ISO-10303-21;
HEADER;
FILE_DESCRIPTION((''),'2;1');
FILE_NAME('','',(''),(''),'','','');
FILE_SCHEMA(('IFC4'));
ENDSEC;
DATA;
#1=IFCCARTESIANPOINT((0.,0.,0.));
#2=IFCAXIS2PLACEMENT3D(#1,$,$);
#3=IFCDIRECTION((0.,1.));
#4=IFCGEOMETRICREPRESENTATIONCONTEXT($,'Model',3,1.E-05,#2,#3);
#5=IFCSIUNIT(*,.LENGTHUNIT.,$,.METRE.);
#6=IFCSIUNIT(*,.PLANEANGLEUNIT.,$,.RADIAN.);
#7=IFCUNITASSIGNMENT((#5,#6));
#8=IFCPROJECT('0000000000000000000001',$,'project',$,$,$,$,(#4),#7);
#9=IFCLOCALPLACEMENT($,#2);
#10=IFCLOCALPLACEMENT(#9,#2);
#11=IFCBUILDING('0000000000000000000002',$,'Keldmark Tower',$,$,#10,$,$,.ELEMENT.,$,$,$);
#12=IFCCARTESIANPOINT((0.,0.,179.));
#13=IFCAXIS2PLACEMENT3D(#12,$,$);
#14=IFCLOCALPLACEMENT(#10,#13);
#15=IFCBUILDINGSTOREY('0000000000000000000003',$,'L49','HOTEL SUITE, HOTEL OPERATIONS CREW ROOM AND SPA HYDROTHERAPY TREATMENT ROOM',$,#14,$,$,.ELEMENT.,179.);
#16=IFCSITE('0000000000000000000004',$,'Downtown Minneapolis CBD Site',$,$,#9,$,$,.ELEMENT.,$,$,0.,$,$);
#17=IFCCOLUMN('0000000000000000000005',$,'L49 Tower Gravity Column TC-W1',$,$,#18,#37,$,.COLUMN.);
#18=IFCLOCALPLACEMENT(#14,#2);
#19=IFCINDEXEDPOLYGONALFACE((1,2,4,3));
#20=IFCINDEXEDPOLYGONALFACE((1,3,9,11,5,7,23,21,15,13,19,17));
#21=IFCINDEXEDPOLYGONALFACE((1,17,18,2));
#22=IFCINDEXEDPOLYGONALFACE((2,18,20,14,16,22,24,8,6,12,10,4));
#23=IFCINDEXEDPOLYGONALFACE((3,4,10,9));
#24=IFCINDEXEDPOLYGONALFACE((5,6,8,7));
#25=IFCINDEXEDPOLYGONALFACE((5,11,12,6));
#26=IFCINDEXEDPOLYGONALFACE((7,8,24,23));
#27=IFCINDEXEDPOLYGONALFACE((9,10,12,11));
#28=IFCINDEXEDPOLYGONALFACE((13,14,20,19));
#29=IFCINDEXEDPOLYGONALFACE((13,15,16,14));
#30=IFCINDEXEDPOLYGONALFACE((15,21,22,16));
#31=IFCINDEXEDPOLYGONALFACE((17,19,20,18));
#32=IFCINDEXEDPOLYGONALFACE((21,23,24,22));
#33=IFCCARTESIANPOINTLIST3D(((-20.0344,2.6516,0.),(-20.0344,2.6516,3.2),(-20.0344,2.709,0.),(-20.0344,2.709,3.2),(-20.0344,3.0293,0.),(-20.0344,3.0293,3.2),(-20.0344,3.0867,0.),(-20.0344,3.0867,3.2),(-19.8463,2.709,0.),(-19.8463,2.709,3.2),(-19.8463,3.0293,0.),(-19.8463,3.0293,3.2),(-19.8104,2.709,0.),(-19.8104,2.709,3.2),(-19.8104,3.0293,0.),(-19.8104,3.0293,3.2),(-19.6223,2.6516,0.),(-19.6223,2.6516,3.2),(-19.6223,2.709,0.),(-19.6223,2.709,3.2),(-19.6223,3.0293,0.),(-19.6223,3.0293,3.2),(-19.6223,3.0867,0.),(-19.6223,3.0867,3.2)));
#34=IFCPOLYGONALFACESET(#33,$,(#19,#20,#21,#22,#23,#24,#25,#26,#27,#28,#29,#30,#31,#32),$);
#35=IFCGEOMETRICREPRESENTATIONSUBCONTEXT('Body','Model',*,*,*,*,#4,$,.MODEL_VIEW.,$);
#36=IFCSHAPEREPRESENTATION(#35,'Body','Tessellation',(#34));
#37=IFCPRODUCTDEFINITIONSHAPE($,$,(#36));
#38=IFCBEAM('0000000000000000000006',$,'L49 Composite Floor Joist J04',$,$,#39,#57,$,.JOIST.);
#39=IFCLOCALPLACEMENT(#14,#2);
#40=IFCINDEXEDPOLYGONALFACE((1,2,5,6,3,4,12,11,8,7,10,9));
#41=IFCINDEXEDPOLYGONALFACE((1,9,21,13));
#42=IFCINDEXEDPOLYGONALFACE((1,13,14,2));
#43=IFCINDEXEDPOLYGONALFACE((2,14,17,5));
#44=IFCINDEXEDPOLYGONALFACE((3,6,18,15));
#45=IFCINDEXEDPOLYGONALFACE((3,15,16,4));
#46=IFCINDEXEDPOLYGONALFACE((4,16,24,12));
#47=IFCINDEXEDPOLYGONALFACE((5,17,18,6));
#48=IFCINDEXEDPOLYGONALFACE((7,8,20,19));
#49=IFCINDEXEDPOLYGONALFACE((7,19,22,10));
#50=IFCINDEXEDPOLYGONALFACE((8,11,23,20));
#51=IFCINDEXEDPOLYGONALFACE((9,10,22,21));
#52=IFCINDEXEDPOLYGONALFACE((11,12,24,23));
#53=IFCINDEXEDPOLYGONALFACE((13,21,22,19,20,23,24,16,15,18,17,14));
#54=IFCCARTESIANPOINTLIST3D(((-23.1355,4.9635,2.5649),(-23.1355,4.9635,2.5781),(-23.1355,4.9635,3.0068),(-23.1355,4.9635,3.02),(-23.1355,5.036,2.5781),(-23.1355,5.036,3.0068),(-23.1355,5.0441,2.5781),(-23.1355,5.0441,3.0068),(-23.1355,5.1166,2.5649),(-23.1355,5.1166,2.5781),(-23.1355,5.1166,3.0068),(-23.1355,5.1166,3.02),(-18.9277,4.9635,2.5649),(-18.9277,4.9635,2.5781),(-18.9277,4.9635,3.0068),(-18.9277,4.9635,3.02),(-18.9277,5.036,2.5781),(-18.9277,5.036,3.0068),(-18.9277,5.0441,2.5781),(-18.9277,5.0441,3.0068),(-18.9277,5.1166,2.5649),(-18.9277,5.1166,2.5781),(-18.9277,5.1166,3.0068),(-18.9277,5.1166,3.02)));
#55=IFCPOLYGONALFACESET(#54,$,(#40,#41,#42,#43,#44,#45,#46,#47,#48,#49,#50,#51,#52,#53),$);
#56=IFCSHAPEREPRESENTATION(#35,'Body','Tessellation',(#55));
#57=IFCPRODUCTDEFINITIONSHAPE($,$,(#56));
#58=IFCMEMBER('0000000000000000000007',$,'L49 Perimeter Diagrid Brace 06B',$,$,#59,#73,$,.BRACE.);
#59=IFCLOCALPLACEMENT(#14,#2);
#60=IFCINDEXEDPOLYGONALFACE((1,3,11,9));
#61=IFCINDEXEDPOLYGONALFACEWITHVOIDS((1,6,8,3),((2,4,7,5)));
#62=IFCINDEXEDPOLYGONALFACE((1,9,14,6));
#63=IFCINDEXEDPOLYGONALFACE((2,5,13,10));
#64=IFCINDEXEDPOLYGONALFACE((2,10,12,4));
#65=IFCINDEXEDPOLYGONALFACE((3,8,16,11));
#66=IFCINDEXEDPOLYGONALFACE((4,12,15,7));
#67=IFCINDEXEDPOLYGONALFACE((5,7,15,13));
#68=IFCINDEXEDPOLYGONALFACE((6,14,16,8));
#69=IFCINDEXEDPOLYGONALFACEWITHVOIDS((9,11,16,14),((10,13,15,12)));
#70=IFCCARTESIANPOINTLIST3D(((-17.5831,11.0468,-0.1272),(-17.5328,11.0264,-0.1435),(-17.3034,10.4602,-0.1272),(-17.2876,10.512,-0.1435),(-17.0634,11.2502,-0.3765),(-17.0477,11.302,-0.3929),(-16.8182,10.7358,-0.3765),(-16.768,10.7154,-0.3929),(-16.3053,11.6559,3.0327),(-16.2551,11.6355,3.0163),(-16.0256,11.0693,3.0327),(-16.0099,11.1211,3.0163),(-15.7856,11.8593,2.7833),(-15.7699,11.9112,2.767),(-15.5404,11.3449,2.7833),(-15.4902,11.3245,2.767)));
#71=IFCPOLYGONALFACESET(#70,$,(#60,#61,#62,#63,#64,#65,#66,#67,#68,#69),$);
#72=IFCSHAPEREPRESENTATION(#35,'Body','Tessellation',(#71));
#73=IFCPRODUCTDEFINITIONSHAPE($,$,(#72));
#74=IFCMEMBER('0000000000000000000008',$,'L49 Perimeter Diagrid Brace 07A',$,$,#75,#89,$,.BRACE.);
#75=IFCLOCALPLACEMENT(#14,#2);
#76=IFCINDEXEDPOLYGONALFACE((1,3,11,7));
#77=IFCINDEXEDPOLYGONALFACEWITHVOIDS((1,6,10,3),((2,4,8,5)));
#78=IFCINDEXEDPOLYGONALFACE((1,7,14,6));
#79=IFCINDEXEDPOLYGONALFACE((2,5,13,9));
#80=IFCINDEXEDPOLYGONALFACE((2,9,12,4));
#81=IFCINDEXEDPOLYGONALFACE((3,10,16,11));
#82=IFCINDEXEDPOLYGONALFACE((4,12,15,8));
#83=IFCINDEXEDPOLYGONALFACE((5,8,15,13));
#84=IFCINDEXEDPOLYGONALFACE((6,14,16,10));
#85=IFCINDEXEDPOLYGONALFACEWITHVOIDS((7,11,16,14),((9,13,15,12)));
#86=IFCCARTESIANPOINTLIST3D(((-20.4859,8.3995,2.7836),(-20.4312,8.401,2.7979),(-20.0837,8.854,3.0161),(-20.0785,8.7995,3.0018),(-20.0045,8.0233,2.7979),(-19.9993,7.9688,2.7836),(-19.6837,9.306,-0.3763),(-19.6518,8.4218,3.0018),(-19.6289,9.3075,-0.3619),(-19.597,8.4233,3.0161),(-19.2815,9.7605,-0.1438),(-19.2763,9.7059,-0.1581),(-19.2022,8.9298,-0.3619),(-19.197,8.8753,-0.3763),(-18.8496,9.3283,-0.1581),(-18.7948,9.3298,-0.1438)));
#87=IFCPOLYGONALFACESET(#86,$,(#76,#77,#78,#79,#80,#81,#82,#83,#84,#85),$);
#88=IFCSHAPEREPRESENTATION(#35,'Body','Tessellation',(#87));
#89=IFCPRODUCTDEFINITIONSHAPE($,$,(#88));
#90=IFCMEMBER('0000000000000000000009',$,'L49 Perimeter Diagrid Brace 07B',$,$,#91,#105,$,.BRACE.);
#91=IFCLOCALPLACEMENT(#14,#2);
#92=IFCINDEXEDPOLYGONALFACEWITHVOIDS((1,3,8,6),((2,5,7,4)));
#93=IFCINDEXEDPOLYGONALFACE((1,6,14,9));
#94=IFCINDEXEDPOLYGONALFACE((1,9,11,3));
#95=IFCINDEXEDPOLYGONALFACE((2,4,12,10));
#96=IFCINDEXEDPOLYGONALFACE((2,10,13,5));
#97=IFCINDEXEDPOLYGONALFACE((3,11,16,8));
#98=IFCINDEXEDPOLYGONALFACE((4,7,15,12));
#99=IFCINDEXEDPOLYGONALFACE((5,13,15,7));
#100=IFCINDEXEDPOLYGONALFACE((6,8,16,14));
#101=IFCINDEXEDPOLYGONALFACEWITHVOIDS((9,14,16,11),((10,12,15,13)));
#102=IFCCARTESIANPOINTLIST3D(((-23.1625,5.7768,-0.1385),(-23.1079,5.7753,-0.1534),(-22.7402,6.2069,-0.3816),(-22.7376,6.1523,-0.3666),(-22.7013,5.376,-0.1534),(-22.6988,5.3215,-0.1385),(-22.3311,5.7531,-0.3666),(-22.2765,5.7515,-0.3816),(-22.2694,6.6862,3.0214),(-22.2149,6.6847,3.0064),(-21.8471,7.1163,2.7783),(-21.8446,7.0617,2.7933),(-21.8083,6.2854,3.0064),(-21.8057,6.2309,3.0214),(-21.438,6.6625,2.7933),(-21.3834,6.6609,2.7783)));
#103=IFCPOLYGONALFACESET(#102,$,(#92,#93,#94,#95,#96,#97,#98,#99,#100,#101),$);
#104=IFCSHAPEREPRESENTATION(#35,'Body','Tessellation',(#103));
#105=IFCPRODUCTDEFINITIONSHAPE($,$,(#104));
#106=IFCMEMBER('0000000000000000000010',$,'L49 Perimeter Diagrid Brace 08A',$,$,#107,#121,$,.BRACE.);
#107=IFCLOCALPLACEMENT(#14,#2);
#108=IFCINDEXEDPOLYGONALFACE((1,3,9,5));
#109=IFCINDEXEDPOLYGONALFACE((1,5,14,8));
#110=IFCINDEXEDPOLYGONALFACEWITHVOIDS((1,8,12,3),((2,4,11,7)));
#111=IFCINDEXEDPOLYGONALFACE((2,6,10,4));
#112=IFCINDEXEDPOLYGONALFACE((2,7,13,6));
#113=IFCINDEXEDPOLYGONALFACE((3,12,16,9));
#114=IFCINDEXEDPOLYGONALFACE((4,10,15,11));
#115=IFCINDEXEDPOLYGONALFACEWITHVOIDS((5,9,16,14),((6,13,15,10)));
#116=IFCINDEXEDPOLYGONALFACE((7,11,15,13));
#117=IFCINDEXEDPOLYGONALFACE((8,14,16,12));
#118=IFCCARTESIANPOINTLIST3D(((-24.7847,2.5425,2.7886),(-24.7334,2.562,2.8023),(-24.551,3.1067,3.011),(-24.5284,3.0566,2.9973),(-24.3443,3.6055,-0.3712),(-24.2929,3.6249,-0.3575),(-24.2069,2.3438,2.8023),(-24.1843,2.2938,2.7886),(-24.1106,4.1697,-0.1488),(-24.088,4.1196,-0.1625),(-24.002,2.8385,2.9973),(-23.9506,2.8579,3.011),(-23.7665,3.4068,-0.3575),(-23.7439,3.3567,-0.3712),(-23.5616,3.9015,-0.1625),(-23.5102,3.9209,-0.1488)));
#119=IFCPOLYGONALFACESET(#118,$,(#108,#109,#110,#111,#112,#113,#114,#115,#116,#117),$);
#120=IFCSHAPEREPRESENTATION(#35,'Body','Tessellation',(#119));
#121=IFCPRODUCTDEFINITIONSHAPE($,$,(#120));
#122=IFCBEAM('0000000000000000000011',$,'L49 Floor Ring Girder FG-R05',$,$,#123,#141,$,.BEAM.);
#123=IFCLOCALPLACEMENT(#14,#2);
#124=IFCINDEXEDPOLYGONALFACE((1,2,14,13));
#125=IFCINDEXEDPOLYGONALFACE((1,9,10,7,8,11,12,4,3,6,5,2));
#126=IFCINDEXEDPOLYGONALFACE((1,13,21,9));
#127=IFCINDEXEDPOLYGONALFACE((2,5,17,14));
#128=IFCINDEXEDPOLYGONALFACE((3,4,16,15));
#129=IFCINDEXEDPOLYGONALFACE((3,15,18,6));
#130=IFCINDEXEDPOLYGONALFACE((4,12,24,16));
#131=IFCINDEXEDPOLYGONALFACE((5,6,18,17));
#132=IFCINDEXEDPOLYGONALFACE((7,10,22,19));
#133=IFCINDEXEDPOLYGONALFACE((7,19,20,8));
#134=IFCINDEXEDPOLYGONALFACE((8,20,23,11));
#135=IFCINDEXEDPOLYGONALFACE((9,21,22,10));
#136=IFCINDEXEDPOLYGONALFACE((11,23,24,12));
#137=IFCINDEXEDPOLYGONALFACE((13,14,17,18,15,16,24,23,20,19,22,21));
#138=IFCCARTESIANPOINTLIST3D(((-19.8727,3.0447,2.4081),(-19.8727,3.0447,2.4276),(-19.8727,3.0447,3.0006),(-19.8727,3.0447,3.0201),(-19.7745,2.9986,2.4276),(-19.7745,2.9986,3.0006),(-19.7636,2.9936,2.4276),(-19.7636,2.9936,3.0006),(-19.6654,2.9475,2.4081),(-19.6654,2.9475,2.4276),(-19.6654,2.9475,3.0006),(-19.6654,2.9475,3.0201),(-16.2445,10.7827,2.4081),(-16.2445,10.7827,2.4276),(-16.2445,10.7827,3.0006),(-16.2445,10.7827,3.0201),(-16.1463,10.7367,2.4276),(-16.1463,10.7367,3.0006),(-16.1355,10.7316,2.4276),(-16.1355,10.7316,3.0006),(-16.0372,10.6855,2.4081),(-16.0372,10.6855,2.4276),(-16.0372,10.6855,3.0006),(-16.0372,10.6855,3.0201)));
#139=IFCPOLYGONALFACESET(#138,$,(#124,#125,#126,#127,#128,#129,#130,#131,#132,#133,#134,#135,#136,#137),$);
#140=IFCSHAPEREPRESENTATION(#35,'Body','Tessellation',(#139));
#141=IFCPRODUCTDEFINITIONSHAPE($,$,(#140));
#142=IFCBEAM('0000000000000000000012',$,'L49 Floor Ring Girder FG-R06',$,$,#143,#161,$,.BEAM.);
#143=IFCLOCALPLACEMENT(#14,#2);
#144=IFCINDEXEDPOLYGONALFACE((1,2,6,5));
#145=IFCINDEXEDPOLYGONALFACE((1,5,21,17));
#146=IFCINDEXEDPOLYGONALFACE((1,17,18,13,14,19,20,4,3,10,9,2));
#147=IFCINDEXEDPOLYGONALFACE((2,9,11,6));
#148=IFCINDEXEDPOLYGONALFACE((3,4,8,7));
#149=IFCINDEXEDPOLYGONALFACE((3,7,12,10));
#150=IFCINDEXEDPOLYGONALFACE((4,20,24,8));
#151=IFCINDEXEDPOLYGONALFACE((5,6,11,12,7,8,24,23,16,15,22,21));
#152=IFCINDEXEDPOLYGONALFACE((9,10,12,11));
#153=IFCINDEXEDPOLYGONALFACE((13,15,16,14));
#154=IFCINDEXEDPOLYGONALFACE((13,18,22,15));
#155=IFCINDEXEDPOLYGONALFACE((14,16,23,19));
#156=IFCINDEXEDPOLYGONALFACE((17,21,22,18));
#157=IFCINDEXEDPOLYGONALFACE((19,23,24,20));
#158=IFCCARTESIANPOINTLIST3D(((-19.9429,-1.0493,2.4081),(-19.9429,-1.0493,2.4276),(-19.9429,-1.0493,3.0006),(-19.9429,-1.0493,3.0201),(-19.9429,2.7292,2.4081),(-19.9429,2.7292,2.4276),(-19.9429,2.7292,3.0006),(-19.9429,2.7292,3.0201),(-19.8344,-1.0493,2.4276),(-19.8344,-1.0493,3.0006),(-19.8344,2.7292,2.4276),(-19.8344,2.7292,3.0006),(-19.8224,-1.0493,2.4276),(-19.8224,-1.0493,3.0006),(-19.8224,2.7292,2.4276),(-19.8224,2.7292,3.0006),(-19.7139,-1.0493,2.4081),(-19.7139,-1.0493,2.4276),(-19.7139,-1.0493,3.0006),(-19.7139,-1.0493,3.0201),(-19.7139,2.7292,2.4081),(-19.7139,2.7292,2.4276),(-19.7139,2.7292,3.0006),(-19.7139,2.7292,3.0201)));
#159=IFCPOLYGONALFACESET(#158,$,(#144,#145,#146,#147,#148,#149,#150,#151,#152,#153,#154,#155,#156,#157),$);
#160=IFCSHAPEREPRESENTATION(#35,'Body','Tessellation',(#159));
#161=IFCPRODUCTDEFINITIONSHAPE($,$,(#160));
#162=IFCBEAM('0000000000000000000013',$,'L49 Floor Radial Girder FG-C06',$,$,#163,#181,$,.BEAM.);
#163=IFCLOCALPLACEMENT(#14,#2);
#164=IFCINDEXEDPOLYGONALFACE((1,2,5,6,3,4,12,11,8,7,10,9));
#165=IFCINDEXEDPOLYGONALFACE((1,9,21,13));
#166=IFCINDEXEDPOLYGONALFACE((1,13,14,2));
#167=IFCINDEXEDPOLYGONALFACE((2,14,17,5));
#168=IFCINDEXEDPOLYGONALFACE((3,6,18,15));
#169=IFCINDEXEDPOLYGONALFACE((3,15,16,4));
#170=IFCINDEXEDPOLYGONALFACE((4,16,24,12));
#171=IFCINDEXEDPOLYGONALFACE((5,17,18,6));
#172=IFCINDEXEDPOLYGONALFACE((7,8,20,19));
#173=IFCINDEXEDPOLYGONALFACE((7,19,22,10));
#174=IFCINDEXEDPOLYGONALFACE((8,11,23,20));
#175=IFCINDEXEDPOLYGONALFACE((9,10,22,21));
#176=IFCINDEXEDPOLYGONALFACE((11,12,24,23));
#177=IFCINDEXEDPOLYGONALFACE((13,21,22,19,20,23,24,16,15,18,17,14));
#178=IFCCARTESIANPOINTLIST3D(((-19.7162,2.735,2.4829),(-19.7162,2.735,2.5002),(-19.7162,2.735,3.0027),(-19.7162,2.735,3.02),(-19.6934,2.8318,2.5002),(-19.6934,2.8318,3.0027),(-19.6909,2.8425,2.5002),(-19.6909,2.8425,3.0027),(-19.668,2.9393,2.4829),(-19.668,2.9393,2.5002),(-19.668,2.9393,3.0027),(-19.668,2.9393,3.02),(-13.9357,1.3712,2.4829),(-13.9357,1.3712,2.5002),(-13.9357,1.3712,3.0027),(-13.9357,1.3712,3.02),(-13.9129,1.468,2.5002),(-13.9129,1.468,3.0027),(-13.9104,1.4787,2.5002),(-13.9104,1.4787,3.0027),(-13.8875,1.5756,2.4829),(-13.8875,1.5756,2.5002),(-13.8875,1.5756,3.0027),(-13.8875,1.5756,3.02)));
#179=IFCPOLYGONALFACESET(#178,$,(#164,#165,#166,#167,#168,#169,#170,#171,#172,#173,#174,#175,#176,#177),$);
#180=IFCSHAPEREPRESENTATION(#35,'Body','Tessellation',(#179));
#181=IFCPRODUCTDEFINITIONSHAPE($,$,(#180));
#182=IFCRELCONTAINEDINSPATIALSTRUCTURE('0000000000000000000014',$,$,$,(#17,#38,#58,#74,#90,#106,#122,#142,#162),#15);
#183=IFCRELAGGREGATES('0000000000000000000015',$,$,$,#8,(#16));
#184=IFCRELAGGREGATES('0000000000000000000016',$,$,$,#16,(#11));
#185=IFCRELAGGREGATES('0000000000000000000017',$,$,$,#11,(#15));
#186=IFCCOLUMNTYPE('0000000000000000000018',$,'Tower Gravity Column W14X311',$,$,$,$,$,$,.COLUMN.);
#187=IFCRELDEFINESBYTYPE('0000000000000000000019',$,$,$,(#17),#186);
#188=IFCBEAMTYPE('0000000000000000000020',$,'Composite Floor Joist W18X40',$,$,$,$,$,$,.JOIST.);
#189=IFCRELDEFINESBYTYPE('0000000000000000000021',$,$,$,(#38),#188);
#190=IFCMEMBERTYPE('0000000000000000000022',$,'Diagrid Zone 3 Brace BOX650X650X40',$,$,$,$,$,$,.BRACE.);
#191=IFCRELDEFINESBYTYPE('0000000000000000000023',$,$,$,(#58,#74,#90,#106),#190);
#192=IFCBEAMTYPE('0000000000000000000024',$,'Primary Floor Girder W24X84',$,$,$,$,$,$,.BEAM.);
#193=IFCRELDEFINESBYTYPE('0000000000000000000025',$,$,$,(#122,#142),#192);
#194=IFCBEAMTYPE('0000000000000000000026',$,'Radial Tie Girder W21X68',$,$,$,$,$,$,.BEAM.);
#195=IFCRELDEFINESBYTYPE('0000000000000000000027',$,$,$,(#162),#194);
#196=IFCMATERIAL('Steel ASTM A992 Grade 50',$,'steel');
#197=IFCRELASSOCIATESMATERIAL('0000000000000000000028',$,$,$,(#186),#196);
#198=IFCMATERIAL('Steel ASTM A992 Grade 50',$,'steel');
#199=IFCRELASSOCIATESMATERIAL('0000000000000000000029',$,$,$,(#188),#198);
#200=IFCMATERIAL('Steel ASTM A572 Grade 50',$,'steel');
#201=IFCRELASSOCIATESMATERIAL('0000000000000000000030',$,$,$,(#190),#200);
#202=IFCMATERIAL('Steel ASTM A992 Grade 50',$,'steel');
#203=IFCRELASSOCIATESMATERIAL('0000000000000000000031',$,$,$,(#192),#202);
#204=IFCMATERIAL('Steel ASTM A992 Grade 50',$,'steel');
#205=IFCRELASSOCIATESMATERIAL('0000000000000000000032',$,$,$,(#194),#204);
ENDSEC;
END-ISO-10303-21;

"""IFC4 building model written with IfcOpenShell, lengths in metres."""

from ifc_helpers import new_model, si_unit, direction, frame, origin, origin_2d, place, context, subcontext, project, spatial, hollow_rectangle, i_section, extrude, material, material_profile, profile_set, type_object, element, save


model = new_model("IFC4")

# Units and contexts
model_context = context("Model", 3, precision=1e-05, world=origin(), true_north=direction((0.0, 1.0)))
body_context = subcontext(model_context, "Body", "Model", "MODEL_VIEW")
ifc_project = project(units=[si_unit("LENGTHUNIT", "METRE"), si_unit("PLANEANGLEUNIT", "RADIAN")], contexts=[model_context])

# Site, building, storey
site_placement = place(None, origin())
site = spatial("IfcSite", under=ifc_project, at=site_placement, Name="Downtown Minneapolis CBD Site", CompositionType="ELEMENT", RefElevation=0.0)
building_placement = place(site_placement, origin())
building = spatial("IfcBuilding", under=site, at=building_placement, Name="Keldmark Tower", CompositionType="ELEMENT")
storey_placement = place(building_placement, frame((0.0, 0.0, 179.0)))
storey = spatial("IfcBuildingStorey", under=building, at=storey_placement, Name="L49", Description="HOTEL SUITE, HOTEL OPERATIONS CREW ROOM AND SPA HYDROTHERAPY TREATMENT ROOM", CompositionType="ELEMENT", Elevation=179.0)

# Column
ifc_material_1 = material(Name="Steel ASTM A992 Grade 50", Category="steel")
ifc_material_profile_1 = material_profile(ifc_material_1, i_section(OverallWidth=0.4121, OverallDepth=0.4351, WebThickness=0.0359, FlangeThickness=0.0574, at=origin_2d()), Name="W14X311")
ifc_profile_set_1 = profile_set([ifc_material_profile_1], Name="Steel ASTM A992 Grade 50")
column_type = type_object("IfcColumnType", Name="Tower Gravity Column W14X311", PredefinedType="COLUMN", material=ifc_profile_set_1)
column_placement = place(storey_placement, frame((-19.8284, 2.8691, 0.0), z_axis=(0.0, 0.0, 1.0), x_axis=(1.0, 0.0, 0.0)))
element("IfcColumn", 1, at=column_placement, inside=storey, type_object=column_type, Name="L49 Tower Gravity Column TC-W1", PredefinedType="COLUMN", context=body_context, shape_type="SweptSolid", body=[
    extrude(i_section(OverallWidth=0.4121, OverallDepth=0.4351, WebThickness=0.0359, FlangeThickness=0.0574, at=origin_2d()), origin(), (0.0, 0.0, 1.0), 3.2),
])

# Beam
ifc_material_2 = material(Name="Steel ASTM A992 Grade 50", Category="steel")
ifc_material_profile_2 = material_profile(ifc_material_2, i_section(OverallWidth=0.1531, OverallDepth=0.4551, WebThickness=0.0081, FlangeThickness=0.0132, at=origin_2d()), Name="W18X40")
ifc_profile_set_2 = profile_set([ifc_material_profile_2], Name="Steel ASTM A992 Grade 50")
beam_type_1 = type_object("IfcBeamType", Name="Composite Floor Joist W18X40", PredefinedType="JOIST", material=ifc_profile_set_2)
beam_1_placement = place(storey_placement, frame((-23.1355, 5.04, 2.7925), z_axis=(1.0, 0.0, 0.0), x_axis=(0.0, 1.0, 0.0)))
element("IfcBeam", 2, at=beam_1_placement, inside=storey, type_object=beam_type_1, Name="L49 Composite Floor Joist J04", PredefinedType="JOIST", context=body_context, shape_type="SweptSolid", body=[
    extrude(i_section(OverallWidth=0.1531, OverallDepth=0.4551, WebThickness=0.0081, FlangeThickness=0.0132, at=origin_2d()), origin(), (0.0, 0.0, 1.0), 4.2078),
])

# Members
ifc_material_3 = material(Name="Steel ASTM A572 Grade 50", Category="steel")
ifc_material_profile_3 = material_profile(ifc_material_3, hollow_rectangle(XDim=0.6499, YDim=0.6499, WallThickness=0.04, at=origin_2d()), Name="BOX650X650X40")
ifc_profile_set_3 = profile_set([ifc_material_profile_3], Name="Steel ASTM A572 Grade 50")
member_type = type_object("IfcMemberType", Name="Diagrid Zone 3 Brace BOX650X650X40", PredefinedType="BRACE", material=ifc_profile_set_3)
member_1_placement = place(storey_placement, frame((-17.1755, 10.8811, -0.26), z_axis=(0.369048, 0.175922, 0.912609), x_axis=(-0.430302, 0.902685, 0.0)))
element("IfcMember", 3, at=member_1_placement, inside=storey, type_object=member_type, Name="L49 Perimeter Diagrid Brace 06B", PredefinedType="BRACE", context=body_context, shape_type="SweptSolid", body=[
    extrude(hollow_rectangle(XDim=0.6499, YDim=0.6499, WallThickness=0.04, at=origin_2d()), origin(), (0.0, 0.0, 1.0), 3.4624),
])
member_2_placement = place(storey_placement, frame((-19.2393, 9.3179, -0.26), z_axis=(-0.237082, -0.267889, 0.933824), x_axis=(0.748854, -0.662735, 0.0)))
element("IfcMember", 4, at=member_2_placement, inside=storey, type_object=member_type, Name="L49 Perimeter Diagrid Brace 07A", PredefinedType="BRACE", context=body_context, shape_type="SweptSolid", body=[
    extrude(hollow_rectangle(XDim=0.6499, YDim=0.6499, WallThickness=0.04, at=origin_2d()), origin(), (0.0, 0.0, 1.0), 3.3838),
])
member_3_placement = place(storey_placement, frame((-22.7195, 5.7642, -0.26), z_axis=(0.262104, 0.266905, 0.927396), x_axis=(-0.713494, 0.700661, 0.0)))
element("IfcMember", 5, at=member_3_placement, inside=storey, type_object=member_type, Name="L49 Perimeter Diagrid Brace 07B", PredefinedType="BRACE", context=body_context, shape_type="SweptSolid", body=[
    extrude(hollow_rectangle(XDim=0.6499, YDim=0.6499, WallThickness=0.04, at=origin_2d()), origin(), (0.0, 0.0, 1.0), 3.4072),
])
member_4_placement = place(storey_placement, frame((-23.9272, 3.7632, -0.26), z_axis=(-0.130968, -0.316095, 0.939644), x_axis=(0.923841, -0.382777, 0.0)))
element("IfcMember", 6, at=member_4_placement, inside=storey, type_object=member_type, Name="L49 Perimeter Diagrid Brace 08A", PredefinedType="BRACE", context=body_context, shape_type="SweptSolid", body=[
    extrude(hollow_rectangle(XDim=0.6499, YDim=0.6499, WallThickness=0.04, at=origin_2d()), origin(), (0.0, 0.0, 1.0), 3.3628),
])

# Beams
ifc_material_4 = material(Name="Steel ASTM A992 Grade 50", Category="steel")
ifc_material_profile_4 = material_profile(ifc_material_4, i_section(OverallWidth=0.229, OverallDepth=0.6121, WebThickness=0.012, FlangeThickness=0.0195, at=origin_2d()), Name="W24X84")
ifc_profile_set_4 = profile_set([ifc_material_profile_4], Name="Steel ASTM A992 Grade 50")
beam_type_2 = type_object("IfcBeamType", Name="Primary Floor Girder W24X84", PredefinedType="BEAM", material=ifc_profile_set_4)
beam_2_placement = place(storey_placement, frame((-16.1409, 10.7341, 2.7141), z_axis=(-0.424527, -0.905415, 0.0), x_axis=(0.905415, -0.424527, 0.0)))
element("IfcBeam", 7, at=beam_2_placement, inside=storey, type_object=beam_type_2, Name="L49 Floor Ring Girder FG-R05", PredefinedType="BEAM", context=body_context, shape_type="SweptSolid", body=[
    extrude(i_section(OverallWidth=0.229, OverallDepth=0.6121, WebThickness=0.012, FlangeThickness=0.0195, at=origin_2d()), origin(), (0.0, 0.0, 1.0), 8.5464),
])
beam_3_placement = place(storey_placement, frame((-19.8284, 2.7292, 2.7141), z_axis=(0.0, -1.0, 0.0), x_axis=(1.0, 0.0, 0.0)))
element("IfcBeam", 8, at=beam_3_placement, inside=storey, type_object=beam_type_2, Name="L49 Floor Ring Girder FG-R06", PredefinedType="BEAM", context=body_context, shape_type="SweptSolid", body=[
    extrude(i_section(OverallWidth=0.229, OverallDepth=0.6121, WebThickness=0.012, FlangeThickness=0.0195, at=origin_2d()), origin(), (0.0, 0.0, 1.0), 3.7786),
])
ifc_material_5 = material(Name="Steel ASTM A992 Grade 50", Category="steel")
ifc_material_profile_5 = material_profile(ifc_material_5, i_section(OverallWidth=0.21, OverallDepth=0.5371, WebThickness=0.011, FlangeThickness=0.0173, at=origin_2d()), Name="W21X68")
ifc_profile_set_5 = profile_set([ifc_material_profile_5], Name="Steel ASTM A992 Grade 50")
beam_type_3 = type_object("IfcBeamType", Name="Radial Tie Girder W21X68", PredefinedType="BEAM", material=ifc_profile_set_5)
beam_4_placement = place(storey_placement, frame((-19.6921, 2.8372, 2.7515), z_axis=(0.97328, -0.229621, 0.0), x_axis=(0.229621, 0.97328, 0.0)))
element("IfcBeam", 9, at=beam_4_placement, inside=storey, type_object=beam_type_3, Name="L49 Floor Radial Girder FG-C06", PredefinedType="BEAM", context=body_context, shape_type="SweptSolid", body=[
    extrude(i_section(OverallWidth=0.21, OverallDepth=0.5371, WebThickness=0.011, FlangeThickness=0.0173, at=origin_2d()), origin(), (0.0, 0.0, 1.0), 5.9392),
])

save(model, "model.ifc")
